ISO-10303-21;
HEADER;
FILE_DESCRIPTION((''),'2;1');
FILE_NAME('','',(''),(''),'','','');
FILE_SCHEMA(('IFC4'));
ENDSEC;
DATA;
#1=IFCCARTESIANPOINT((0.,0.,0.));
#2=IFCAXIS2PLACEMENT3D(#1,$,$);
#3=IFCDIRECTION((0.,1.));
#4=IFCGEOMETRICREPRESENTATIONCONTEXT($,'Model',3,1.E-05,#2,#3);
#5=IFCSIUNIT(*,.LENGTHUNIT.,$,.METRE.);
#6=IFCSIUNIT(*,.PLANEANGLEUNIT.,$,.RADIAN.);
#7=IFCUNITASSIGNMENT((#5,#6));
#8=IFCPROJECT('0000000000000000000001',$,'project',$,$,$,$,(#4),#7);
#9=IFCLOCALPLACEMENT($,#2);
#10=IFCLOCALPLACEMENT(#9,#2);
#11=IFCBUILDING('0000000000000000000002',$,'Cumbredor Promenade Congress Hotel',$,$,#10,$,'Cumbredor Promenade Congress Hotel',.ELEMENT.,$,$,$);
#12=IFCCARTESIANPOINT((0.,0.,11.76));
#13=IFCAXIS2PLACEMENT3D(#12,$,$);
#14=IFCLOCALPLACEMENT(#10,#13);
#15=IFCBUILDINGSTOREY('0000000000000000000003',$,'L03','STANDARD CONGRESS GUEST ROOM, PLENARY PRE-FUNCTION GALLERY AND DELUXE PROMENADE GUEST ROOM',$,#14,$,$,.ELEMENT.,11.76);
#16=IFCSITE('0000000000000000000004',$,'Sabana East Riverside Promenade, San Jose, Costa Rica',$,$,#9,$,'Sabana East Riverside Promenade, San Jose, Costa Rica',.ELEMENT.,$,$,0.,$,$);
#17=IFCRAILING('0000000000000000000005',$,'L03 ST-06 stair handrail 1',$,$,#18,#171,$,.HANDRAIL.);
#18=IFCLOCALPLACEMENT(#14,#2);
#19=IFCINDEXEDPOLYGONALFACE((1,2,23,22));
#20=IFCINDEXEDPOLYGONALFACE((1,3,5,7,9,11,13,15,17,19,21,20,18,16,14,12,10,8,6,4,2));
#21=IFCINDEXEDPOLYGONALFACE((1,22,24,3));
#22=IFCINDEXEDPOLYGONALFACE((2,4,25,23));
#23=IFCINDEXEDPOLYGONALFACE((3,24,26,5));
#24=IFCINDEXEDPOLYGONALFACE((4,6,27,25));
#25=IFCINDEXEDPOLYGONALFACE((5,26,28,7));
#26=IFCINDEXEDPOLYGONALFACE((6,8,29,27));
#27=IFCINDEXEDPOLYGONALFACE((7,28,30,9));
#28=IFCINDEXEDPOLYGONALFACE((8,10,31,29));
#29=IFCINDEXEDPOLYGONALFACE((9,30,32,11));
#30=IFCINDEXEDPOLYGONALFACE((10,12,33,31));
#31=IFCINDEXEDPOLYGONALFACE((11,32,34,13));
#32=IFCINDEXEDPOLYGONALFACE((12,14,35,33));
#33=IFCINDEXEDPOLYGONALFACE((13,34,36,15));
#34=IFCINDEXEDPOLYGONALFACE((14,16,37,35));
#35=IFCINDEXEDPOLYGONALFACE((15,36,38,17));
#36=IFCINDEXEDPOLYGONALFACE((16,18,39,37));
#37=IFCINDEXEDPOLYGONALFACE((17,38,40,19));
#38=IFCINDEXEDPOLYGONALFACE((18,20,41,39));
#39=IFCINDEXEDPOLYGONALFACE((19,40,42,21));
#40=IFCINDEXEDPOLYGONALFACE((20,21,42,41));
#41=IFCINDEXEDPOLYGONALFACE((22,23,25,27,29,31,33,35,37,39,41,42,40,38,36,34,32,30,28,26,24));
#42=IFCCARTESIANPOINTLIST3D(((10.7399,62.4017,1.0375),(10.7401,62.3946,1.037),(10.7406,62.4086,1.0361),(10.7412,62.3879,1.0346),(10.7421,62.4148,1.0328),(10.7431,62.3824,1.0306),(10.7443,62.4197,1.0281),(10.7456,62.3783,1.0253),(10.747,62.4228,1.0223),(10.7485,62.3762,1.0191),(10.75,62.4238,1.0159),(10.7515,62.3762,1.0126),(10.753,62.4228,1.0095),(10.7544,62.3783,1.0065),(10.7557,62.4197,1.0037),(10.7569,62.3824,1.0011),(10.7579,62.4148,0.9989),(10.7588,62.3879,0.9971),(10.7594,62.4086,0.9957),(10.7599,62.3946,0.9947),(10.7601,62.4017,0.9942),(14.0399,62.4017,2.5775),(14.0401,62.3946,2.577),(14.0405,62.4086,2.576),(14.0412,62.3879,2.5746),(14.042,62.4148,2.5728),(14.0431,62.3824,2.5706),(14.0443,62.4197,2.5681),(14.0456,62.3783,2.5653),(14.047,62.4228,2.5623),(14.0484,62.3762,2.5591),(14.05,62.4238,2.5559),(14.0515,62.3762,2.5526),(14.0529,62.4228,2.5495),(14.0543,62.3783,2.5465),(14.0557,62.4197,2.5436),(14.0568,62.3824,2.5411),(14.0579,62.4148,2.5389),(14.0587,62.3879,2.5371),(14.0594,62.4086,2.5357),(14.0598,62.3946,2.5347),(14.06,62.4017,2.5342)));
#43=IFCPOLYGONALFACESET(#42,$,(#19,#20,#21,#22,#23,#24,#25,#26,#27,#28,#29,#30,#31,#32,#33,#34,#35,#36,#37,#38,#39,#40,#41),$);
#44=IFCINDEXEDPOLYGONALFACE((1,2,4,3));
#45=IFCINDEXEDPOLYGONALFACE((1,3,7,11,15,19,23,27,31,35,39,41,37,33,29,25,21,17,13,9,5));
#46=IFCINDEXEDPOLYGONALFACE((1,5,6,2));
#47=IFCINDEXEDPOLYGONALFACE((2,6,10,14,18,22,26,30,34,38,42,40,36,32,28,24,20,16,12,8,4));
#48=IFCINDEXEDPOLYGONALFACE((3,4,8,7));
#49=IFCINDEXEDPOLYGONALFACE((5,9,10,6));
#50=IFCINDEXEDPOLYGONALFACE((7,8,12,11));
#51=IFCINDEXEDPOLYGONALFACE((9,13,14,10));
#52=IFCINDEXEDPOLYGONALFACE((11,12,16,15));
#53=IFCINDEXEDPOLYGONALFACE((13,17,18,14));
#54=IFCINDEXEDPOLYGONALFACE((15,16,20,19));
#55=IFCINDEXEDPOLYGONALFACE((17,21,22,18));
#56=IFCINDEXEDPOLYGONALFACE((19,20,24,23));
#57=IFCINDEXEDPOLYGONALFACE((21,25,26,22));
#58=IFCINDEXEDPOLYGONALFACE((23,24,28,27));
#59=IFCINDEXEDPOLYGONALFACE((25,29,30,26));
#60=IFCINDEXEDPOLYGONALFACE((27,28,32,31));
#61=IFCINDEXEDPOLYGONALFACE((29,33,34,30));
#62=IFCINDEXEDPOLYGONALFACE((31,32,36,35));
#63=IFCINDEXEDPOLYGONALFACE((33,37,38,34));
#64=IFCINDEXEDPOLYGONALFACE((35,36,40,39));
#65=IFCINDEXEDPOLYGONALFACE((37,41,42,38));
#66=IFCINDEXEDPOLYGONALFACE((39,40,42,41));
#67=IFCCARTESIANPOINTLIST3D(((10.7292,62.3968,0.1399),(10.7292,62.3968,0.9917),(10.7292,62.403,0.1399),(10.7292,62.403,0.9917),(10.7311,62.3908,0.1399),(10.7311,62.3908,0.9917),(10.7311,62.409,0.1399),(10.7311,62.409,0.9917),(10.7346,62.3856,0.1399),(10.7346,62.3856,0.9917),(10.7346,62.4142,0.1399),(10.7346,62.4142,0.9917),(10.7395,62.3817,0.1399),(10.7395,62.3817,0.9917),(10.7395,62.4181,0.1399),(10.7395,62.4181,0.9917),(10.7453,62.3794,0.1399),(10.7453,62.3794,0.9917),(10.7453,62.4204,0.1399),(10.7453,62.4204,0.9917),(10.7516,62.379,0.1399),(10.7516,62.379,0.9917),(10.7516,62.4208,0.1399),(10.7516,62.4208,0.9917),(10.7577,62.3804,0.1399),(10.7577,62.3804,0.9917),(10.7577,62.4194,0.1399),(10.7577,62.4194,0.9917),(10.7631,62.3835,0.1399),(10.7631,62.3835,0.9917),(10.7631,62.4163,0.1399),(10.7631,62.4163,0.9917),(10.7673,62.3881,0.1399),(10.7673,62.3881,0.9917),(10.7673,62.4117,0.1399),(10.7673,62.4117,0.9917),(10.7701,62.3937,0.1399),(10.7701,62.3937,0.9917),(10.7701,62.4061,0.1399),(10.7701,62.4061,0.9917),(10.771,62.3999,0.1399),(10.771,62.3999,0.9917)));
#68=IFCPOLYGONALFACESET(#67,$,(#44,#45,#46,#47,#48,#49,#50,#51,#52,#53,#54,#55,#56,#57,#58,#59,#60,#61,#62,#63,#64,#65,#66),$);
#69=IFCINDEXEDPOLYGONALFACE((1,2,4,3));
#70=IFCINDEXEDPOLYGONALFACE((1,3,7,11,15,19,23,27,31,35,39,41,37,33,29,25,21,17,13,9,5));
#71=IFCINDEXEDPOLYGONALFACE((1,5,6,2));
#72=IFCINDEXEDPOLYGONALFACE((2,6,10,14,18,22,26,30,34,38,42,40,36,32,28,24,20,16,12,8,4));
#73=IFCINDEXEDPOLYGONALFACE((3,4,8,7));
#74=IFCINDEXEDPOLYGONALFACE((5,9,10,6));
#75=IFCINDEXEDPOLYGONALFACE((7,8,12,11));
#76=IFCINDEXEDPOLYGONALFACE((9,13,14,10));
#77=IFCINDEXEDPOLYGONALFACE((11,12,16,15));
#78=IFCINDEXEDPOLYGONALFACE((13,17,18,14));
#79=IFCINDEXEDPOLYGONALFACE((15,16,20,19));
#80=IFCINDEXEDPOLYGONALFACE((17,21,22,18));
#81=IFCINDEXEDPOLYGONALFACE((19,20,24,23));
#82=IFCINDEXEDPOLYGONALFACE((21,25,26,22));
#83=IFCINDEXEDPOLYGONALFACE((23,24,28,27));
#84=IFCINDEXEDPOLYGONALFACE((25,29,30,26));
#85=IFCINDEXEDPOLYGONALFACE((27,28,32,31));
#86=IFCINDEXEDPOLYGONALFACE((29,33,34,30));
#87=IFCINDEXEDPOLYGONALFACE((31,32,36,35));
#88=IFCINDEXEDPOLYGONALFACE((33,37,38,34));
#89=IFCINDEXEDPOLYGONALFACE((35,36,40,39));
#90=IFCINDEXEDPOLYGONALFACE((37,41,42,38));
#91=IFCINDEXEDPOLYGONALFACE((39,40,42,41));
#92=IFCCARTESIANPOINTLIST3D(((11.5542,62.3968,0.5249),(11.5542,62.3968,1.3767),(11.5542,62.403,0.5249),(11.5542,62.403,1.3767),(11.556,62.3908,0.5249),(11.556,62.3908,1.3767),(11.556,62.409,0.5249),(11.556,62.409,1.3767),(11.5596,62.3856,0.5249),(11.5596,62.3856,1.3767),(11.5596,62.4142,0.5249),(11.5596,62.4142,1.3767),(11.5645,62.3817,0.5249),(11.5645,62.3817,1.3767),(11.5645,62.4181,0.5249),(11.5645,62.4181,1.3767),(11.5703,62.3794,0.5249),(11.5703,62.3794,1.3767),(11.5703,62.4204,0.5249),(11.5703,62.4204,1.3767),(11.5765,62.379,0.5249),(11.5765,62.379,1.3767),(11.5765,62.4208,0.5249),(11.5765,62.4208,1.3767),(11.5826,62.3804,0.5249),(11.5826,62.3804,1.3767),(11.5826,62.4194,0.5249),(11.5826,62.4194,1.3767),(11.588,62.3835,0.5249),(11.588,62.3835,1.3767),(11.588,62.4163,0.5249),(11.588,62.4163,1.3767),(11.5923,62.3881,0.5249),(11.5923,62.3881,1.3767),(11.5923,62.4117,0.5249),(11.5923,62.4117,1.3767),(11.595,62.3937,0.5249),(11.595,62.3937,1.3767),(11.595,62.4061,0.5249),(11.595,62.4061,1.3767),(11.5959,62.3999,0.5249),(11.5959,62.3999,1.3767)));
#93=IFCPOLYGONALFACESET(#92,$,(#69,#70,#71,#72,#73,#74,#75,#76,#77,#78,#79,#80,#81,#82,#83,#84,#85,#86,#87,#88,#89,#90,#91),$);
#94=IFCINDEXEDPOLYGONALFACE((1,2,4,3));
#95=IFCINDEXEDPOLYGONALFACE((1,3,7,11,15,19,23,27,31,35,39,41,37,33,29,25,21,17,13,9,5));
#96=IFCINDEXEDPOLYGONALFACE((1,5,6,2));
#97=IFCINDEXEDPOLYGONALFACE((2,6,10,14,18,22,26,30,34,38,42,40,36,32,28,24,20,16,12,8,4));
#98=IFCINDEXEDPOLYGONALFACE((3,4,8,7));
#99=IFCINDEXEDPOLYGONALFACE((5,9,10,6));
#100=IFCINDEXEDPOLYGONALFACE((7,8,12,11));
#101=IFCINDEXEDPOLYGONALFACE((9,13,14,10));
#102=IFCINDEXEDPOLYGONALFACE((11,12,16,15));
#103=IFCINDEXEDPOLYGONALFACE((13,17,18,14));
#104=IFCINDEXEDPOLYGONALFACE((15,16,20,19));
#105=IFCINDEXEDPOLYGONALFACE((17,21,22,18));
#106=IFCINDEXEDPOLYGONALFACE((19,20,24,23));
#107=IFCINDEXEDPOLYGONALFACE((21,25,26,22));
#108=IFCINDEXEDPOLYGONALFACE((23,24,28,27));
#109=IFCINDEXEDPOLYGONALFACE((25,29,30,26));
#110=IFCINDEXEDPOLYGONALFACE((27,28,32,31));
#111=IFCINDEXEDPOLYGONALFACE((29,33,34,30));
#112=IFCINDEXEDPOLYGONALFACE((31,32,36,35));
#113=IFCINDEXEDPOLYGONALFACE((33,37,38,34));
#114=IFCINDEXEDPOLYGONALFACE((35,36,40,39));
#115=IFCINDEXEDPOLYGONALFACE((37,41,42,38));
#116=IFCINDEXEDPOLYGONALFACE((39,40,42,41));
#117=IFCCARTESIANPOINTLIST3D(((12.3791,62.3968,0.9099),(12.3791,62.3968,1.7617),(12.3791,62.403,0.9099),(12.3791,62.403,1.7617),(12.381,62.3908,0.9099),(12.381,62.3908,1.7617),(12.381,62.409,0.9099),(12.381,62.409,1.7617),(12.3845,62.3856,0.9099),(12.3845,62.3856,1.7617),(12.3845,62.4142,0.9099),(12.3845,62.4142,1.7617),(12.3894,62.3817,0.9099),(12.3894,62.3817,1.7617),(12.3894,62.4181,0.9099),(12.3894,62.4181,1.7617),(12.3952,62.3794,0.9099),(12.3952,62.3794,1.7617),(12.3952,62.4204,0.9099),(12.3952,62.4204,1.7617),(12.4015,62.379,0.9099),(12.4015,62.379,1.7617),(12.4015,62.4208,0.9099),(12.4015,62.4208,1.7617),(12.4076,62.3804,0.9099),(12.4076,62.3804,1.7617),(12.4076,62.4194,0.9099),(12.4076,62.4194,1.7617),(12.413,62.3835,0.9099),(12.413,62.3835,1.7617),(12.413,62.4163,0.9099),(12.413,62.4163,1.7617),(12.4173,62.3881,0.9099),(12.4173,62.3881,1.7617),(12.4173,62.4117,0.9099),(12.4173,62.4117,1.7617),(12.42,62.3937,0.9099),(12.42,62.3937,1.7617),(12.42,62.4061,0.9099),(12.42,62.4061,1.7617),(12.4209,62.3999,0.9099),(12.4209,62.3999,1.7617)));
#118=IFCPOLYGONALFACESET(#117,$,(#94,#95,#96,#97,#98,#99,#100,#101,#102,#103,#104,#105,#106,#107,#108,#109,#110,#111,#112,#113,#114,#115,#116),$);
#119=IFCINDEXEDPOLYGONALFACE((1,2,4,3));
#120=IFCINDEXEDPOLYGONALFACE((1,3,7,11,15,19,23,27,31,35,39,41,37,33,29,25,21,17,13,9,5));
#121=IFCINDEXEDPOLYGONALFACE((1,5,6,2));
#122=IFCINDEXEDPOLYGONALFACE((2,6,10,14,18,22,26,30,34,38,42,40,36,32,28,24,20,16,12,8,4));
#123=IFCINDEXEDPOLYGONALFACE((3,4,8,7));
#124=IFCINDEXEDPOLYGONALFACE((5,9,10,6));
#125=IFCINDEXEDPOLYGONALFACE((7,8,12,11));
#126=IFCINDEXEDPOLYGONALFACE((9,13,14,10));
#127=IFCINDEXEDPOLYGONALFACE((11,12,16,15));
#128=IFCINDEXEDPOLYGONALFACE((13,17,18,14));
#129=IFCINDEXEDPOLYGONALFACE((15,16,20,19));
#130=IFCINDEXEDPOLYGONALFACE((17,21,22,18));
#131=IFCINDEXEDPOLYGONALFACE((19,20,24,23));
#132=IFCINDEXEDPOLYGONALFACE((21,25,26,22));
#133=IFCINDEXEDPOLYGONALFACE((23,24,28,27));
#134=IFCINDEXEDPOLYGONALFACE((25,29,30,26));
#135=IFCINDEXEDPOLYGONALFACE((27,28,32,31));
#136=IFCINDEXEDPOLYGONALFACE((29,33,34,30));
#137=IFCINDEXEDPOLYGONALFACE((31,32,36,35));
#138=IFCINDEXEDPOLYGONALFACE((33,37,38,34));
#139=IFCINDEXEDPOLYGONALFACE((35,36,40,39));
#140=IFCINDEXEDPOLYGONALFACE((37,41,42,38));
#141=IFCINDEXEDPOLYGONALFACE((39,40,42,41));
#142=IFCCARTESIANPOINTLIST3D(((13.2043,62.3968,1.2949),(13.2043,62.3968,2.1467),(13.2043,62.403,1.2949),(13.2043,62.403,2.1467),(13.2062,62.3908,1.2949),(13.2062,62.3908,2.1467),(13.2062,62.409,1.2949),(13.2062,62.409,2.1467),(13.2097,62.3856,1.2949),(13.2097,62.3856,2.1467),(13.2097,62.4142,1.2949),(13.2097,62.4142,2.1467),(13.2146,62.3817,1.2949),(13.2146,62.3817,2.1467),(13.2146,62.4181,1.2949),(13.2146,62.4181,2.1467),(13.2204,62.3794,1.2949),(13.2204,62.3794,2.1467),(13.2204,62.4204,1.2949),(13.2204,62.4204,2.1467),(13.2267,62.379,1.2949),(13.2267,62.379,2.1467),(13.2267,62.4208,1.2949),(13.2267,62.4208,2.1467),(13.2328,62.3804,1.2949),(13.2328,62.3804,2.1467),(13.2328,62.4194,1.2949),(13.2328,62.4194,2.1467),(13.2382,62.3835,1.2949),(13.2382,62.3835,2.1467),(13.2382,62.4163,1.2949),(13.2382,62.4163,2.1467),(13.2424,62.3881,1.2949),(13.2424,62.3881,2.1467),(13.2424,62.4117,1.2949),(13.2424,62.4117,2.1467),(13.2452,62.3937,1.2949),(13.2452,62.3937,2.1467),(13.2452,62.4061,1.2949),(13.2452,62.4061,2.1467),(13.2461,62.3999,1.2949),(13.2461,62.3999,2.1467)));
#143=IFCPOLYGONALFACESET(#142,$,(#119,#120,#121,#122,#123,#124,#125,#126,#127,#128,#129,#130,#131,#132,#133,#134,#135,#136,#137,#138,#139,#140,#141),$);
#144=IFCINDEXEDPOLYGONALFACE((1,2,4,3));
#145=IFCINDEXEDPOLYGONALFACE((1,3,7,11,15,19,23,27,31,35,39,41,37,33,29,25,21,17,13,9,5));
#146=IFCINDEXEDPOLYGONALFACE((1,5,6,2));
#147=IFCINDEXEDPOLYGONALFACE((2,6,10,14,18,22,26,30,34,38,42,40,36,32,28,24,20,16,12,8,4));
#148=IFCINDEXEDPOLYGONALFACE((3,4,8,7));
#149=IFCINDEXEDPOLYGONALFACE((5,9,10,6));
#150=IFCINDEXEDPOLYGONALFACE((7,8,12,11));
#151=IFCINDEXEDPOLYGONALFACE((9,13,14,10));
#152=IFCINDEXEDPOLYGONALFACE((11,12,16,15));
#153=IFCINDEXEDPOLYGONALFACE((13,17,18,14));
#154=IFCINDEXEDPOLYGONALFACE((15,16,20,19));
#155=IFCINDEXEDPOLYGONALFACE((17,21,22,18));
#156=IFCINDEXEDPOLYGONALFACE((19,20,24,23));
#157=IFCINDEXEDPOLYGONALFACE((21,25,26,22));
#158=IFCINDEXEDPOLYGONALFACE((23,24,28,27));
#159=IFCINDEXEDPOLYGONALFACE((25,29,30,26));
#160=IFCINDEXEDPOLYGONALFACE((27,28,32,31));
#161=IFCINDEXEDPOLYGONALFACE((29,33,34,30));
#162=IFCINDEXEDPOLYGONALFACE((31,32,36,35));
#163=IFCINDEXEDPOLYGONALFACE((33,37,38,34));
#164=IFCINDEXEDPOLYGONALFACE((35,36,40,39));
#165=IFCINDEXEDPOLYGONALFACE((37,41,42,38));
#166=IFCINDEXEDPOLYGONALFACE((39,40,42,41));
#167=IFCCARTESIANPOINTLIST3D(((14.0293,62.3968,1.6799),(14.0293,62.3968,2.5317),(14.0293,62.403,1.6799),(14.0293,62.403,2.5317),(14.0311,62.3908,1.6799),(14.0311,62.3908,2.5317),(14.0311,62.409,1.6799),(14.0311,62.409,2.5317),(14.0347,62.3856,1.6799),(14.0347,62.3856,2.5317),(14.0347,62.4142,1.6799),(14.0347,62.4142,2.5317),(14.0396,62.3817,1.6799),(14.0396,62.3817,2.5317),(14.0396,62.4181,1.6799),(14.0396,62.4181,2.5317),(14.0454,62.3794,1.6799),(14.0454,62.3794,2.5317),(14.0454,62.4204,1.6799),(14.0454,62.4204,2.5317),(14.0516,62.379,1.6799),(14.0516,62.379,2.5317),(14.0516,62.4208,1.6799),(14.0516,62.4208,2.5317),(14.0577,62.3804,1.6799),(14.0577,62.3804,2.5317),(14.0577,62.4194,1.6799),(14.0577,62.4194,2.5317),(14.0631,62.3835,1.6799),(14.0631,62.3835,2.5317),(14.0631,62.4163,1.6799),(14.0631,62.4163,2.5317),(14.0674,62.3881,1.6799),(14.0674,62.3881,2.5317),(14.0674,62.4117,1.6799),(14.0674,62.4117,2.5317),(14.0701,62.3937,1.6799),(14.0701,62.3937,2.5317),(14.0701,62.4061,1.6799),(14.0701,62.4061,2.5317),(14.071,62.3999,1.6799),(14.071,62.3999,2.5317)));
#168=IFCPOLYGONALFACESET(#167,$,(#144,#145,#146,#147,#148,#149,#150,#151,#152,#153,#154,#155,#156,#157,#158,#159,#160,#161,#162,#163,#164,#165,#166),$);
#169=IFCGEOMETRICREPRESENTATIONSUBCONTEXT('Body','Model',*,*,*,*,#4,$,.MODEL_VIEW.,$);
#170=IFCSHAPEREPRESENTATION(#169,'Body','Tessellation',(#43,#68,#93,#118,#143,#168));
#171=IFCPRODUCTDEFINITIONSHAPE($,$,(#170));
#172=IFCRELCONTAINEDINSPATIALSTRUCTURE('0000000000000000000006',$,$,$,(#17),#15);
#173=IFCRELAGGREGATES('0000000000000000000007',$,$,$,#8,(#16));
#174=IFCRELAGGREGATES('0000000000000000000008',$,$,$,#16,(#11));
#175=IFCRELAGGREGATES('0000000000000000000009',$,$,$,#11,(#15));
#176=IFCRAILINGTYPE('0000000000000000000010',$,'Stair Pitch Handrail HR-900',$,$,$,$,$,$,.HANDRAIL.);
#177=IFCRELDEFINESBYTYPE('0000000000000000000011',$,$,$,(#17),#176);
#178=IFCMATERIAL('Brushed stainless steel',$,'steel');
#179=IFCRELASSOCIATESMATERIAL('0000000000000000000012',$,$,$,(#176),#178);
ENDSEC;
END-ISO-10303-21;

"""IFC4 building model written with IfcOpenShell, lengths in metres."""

from ifc_helpers import new_model, si_unit, direction, frame, origin, origin_2d, place, context, subcontext, project, spatial, circle, extrude, material, type_object, element, save


model = new_model("IFC4")

# Units and contexts
model_context = context("Model", 3, precision=1e-05, world=origin(), true_north=direction((0.0, 1.0)))
body_context = subcontext(model_context, "Body", "Model", "MODEL_VIEW")
ifc_project = project(units=[si_unit("LENGTHUNIT", "METRE"), si_unit("PLANEANGLEUNIT", "RADIAN")], contexts=[model_context])

# Site, building, storey
site_placement = place(None, origin())
site = spatial("IfcSite", under=ifc_project, at=site_placement, Name="Sabana East Riverside Promenade, San Jose, Costa Rica", LongName="Sabana East Riverside Promenade, San Jose, Costa Rica", CompositionType="ELEMENT", RefElevation=0.0)
building_placement = place(site_placement, origin())
building = spatial("IfcBuilding", under=site, at=building_placement, Name="Cumbredor Promenade Congress Hotel", LongName="Cumbredor Promenade Congress Hotel", CompositionType="ELEMENT")
storey_placement = place(building_placement, frame((0.0, 0.0, 11.76)))
storey = spatial("IfcBuildingStorey", under=building, at=storey_placement, Name="L03", Description="STANDARD CONGRESS GUEST ROOM, PLENARY PRE-FUNCTION GALLERY AND DELUXE PROMENADE GUEST ROOM", CompositionType="ELEMENT", Elevation=11.76)

# Railing
ifc_material_1 = material(Name="Brushed stainless steel", Category="steel")
railing_type_1 = type_object("IfcRailingType", Name="Stair Pitch Handrail HR-900", PredefinedType="HANDRAIL", material=ifc_material_1)
railing_1_placement = place(storey_placement, frame((10.75, 62.3999, 0.1399)))
element("IfcRailing", 1, at=railing_1_placement, inside=storey, type_object=railing_type_1, Name="L03 ST-06 stair handrail 1", PredefinedType="HANDRAIL", context=body_context, shape_type="SweptSolid", body=[
    extrude(circle(Radius=0.0239, at=origin_2d()), frame((0.0, 0.0, 0.876), z_axis=(0.906181, 0.0, 0.422889), x_axis=(0.0, 1.0, 0.0)), (0.0, 0.0, 1.0), 3.6416),
    extrude(circle(Radius=0.021, at=origin_2d()), origin(), (0.0, 0.0, 1.0), 0.8518),
    extrude(circle(Radius=0.021, at=origin_2d()), frame((0.825, 0.0, 0.385)), (0.0, 0.0, 1.0), 0.8518),
    extrude(circle(Radius=0.021, at=origin_2d()), frame((1.6499, 0.0, 0.77)), (0.0, 0.0, 1.0), 0.8518),
    extrude(circle(Radius=0.021, at=origin_2d()), frame((2.4751, 0.0, 1.155)), (0.0, 0.0, 1.0), 0.8518),
    extrude(circle(Radius=0.021, at=origin_2d()), frame((3.3, 0.0, 1.54)), (0.0, 0.0, 1.0), 0.8518),
])

save(model, "model.ifc")
